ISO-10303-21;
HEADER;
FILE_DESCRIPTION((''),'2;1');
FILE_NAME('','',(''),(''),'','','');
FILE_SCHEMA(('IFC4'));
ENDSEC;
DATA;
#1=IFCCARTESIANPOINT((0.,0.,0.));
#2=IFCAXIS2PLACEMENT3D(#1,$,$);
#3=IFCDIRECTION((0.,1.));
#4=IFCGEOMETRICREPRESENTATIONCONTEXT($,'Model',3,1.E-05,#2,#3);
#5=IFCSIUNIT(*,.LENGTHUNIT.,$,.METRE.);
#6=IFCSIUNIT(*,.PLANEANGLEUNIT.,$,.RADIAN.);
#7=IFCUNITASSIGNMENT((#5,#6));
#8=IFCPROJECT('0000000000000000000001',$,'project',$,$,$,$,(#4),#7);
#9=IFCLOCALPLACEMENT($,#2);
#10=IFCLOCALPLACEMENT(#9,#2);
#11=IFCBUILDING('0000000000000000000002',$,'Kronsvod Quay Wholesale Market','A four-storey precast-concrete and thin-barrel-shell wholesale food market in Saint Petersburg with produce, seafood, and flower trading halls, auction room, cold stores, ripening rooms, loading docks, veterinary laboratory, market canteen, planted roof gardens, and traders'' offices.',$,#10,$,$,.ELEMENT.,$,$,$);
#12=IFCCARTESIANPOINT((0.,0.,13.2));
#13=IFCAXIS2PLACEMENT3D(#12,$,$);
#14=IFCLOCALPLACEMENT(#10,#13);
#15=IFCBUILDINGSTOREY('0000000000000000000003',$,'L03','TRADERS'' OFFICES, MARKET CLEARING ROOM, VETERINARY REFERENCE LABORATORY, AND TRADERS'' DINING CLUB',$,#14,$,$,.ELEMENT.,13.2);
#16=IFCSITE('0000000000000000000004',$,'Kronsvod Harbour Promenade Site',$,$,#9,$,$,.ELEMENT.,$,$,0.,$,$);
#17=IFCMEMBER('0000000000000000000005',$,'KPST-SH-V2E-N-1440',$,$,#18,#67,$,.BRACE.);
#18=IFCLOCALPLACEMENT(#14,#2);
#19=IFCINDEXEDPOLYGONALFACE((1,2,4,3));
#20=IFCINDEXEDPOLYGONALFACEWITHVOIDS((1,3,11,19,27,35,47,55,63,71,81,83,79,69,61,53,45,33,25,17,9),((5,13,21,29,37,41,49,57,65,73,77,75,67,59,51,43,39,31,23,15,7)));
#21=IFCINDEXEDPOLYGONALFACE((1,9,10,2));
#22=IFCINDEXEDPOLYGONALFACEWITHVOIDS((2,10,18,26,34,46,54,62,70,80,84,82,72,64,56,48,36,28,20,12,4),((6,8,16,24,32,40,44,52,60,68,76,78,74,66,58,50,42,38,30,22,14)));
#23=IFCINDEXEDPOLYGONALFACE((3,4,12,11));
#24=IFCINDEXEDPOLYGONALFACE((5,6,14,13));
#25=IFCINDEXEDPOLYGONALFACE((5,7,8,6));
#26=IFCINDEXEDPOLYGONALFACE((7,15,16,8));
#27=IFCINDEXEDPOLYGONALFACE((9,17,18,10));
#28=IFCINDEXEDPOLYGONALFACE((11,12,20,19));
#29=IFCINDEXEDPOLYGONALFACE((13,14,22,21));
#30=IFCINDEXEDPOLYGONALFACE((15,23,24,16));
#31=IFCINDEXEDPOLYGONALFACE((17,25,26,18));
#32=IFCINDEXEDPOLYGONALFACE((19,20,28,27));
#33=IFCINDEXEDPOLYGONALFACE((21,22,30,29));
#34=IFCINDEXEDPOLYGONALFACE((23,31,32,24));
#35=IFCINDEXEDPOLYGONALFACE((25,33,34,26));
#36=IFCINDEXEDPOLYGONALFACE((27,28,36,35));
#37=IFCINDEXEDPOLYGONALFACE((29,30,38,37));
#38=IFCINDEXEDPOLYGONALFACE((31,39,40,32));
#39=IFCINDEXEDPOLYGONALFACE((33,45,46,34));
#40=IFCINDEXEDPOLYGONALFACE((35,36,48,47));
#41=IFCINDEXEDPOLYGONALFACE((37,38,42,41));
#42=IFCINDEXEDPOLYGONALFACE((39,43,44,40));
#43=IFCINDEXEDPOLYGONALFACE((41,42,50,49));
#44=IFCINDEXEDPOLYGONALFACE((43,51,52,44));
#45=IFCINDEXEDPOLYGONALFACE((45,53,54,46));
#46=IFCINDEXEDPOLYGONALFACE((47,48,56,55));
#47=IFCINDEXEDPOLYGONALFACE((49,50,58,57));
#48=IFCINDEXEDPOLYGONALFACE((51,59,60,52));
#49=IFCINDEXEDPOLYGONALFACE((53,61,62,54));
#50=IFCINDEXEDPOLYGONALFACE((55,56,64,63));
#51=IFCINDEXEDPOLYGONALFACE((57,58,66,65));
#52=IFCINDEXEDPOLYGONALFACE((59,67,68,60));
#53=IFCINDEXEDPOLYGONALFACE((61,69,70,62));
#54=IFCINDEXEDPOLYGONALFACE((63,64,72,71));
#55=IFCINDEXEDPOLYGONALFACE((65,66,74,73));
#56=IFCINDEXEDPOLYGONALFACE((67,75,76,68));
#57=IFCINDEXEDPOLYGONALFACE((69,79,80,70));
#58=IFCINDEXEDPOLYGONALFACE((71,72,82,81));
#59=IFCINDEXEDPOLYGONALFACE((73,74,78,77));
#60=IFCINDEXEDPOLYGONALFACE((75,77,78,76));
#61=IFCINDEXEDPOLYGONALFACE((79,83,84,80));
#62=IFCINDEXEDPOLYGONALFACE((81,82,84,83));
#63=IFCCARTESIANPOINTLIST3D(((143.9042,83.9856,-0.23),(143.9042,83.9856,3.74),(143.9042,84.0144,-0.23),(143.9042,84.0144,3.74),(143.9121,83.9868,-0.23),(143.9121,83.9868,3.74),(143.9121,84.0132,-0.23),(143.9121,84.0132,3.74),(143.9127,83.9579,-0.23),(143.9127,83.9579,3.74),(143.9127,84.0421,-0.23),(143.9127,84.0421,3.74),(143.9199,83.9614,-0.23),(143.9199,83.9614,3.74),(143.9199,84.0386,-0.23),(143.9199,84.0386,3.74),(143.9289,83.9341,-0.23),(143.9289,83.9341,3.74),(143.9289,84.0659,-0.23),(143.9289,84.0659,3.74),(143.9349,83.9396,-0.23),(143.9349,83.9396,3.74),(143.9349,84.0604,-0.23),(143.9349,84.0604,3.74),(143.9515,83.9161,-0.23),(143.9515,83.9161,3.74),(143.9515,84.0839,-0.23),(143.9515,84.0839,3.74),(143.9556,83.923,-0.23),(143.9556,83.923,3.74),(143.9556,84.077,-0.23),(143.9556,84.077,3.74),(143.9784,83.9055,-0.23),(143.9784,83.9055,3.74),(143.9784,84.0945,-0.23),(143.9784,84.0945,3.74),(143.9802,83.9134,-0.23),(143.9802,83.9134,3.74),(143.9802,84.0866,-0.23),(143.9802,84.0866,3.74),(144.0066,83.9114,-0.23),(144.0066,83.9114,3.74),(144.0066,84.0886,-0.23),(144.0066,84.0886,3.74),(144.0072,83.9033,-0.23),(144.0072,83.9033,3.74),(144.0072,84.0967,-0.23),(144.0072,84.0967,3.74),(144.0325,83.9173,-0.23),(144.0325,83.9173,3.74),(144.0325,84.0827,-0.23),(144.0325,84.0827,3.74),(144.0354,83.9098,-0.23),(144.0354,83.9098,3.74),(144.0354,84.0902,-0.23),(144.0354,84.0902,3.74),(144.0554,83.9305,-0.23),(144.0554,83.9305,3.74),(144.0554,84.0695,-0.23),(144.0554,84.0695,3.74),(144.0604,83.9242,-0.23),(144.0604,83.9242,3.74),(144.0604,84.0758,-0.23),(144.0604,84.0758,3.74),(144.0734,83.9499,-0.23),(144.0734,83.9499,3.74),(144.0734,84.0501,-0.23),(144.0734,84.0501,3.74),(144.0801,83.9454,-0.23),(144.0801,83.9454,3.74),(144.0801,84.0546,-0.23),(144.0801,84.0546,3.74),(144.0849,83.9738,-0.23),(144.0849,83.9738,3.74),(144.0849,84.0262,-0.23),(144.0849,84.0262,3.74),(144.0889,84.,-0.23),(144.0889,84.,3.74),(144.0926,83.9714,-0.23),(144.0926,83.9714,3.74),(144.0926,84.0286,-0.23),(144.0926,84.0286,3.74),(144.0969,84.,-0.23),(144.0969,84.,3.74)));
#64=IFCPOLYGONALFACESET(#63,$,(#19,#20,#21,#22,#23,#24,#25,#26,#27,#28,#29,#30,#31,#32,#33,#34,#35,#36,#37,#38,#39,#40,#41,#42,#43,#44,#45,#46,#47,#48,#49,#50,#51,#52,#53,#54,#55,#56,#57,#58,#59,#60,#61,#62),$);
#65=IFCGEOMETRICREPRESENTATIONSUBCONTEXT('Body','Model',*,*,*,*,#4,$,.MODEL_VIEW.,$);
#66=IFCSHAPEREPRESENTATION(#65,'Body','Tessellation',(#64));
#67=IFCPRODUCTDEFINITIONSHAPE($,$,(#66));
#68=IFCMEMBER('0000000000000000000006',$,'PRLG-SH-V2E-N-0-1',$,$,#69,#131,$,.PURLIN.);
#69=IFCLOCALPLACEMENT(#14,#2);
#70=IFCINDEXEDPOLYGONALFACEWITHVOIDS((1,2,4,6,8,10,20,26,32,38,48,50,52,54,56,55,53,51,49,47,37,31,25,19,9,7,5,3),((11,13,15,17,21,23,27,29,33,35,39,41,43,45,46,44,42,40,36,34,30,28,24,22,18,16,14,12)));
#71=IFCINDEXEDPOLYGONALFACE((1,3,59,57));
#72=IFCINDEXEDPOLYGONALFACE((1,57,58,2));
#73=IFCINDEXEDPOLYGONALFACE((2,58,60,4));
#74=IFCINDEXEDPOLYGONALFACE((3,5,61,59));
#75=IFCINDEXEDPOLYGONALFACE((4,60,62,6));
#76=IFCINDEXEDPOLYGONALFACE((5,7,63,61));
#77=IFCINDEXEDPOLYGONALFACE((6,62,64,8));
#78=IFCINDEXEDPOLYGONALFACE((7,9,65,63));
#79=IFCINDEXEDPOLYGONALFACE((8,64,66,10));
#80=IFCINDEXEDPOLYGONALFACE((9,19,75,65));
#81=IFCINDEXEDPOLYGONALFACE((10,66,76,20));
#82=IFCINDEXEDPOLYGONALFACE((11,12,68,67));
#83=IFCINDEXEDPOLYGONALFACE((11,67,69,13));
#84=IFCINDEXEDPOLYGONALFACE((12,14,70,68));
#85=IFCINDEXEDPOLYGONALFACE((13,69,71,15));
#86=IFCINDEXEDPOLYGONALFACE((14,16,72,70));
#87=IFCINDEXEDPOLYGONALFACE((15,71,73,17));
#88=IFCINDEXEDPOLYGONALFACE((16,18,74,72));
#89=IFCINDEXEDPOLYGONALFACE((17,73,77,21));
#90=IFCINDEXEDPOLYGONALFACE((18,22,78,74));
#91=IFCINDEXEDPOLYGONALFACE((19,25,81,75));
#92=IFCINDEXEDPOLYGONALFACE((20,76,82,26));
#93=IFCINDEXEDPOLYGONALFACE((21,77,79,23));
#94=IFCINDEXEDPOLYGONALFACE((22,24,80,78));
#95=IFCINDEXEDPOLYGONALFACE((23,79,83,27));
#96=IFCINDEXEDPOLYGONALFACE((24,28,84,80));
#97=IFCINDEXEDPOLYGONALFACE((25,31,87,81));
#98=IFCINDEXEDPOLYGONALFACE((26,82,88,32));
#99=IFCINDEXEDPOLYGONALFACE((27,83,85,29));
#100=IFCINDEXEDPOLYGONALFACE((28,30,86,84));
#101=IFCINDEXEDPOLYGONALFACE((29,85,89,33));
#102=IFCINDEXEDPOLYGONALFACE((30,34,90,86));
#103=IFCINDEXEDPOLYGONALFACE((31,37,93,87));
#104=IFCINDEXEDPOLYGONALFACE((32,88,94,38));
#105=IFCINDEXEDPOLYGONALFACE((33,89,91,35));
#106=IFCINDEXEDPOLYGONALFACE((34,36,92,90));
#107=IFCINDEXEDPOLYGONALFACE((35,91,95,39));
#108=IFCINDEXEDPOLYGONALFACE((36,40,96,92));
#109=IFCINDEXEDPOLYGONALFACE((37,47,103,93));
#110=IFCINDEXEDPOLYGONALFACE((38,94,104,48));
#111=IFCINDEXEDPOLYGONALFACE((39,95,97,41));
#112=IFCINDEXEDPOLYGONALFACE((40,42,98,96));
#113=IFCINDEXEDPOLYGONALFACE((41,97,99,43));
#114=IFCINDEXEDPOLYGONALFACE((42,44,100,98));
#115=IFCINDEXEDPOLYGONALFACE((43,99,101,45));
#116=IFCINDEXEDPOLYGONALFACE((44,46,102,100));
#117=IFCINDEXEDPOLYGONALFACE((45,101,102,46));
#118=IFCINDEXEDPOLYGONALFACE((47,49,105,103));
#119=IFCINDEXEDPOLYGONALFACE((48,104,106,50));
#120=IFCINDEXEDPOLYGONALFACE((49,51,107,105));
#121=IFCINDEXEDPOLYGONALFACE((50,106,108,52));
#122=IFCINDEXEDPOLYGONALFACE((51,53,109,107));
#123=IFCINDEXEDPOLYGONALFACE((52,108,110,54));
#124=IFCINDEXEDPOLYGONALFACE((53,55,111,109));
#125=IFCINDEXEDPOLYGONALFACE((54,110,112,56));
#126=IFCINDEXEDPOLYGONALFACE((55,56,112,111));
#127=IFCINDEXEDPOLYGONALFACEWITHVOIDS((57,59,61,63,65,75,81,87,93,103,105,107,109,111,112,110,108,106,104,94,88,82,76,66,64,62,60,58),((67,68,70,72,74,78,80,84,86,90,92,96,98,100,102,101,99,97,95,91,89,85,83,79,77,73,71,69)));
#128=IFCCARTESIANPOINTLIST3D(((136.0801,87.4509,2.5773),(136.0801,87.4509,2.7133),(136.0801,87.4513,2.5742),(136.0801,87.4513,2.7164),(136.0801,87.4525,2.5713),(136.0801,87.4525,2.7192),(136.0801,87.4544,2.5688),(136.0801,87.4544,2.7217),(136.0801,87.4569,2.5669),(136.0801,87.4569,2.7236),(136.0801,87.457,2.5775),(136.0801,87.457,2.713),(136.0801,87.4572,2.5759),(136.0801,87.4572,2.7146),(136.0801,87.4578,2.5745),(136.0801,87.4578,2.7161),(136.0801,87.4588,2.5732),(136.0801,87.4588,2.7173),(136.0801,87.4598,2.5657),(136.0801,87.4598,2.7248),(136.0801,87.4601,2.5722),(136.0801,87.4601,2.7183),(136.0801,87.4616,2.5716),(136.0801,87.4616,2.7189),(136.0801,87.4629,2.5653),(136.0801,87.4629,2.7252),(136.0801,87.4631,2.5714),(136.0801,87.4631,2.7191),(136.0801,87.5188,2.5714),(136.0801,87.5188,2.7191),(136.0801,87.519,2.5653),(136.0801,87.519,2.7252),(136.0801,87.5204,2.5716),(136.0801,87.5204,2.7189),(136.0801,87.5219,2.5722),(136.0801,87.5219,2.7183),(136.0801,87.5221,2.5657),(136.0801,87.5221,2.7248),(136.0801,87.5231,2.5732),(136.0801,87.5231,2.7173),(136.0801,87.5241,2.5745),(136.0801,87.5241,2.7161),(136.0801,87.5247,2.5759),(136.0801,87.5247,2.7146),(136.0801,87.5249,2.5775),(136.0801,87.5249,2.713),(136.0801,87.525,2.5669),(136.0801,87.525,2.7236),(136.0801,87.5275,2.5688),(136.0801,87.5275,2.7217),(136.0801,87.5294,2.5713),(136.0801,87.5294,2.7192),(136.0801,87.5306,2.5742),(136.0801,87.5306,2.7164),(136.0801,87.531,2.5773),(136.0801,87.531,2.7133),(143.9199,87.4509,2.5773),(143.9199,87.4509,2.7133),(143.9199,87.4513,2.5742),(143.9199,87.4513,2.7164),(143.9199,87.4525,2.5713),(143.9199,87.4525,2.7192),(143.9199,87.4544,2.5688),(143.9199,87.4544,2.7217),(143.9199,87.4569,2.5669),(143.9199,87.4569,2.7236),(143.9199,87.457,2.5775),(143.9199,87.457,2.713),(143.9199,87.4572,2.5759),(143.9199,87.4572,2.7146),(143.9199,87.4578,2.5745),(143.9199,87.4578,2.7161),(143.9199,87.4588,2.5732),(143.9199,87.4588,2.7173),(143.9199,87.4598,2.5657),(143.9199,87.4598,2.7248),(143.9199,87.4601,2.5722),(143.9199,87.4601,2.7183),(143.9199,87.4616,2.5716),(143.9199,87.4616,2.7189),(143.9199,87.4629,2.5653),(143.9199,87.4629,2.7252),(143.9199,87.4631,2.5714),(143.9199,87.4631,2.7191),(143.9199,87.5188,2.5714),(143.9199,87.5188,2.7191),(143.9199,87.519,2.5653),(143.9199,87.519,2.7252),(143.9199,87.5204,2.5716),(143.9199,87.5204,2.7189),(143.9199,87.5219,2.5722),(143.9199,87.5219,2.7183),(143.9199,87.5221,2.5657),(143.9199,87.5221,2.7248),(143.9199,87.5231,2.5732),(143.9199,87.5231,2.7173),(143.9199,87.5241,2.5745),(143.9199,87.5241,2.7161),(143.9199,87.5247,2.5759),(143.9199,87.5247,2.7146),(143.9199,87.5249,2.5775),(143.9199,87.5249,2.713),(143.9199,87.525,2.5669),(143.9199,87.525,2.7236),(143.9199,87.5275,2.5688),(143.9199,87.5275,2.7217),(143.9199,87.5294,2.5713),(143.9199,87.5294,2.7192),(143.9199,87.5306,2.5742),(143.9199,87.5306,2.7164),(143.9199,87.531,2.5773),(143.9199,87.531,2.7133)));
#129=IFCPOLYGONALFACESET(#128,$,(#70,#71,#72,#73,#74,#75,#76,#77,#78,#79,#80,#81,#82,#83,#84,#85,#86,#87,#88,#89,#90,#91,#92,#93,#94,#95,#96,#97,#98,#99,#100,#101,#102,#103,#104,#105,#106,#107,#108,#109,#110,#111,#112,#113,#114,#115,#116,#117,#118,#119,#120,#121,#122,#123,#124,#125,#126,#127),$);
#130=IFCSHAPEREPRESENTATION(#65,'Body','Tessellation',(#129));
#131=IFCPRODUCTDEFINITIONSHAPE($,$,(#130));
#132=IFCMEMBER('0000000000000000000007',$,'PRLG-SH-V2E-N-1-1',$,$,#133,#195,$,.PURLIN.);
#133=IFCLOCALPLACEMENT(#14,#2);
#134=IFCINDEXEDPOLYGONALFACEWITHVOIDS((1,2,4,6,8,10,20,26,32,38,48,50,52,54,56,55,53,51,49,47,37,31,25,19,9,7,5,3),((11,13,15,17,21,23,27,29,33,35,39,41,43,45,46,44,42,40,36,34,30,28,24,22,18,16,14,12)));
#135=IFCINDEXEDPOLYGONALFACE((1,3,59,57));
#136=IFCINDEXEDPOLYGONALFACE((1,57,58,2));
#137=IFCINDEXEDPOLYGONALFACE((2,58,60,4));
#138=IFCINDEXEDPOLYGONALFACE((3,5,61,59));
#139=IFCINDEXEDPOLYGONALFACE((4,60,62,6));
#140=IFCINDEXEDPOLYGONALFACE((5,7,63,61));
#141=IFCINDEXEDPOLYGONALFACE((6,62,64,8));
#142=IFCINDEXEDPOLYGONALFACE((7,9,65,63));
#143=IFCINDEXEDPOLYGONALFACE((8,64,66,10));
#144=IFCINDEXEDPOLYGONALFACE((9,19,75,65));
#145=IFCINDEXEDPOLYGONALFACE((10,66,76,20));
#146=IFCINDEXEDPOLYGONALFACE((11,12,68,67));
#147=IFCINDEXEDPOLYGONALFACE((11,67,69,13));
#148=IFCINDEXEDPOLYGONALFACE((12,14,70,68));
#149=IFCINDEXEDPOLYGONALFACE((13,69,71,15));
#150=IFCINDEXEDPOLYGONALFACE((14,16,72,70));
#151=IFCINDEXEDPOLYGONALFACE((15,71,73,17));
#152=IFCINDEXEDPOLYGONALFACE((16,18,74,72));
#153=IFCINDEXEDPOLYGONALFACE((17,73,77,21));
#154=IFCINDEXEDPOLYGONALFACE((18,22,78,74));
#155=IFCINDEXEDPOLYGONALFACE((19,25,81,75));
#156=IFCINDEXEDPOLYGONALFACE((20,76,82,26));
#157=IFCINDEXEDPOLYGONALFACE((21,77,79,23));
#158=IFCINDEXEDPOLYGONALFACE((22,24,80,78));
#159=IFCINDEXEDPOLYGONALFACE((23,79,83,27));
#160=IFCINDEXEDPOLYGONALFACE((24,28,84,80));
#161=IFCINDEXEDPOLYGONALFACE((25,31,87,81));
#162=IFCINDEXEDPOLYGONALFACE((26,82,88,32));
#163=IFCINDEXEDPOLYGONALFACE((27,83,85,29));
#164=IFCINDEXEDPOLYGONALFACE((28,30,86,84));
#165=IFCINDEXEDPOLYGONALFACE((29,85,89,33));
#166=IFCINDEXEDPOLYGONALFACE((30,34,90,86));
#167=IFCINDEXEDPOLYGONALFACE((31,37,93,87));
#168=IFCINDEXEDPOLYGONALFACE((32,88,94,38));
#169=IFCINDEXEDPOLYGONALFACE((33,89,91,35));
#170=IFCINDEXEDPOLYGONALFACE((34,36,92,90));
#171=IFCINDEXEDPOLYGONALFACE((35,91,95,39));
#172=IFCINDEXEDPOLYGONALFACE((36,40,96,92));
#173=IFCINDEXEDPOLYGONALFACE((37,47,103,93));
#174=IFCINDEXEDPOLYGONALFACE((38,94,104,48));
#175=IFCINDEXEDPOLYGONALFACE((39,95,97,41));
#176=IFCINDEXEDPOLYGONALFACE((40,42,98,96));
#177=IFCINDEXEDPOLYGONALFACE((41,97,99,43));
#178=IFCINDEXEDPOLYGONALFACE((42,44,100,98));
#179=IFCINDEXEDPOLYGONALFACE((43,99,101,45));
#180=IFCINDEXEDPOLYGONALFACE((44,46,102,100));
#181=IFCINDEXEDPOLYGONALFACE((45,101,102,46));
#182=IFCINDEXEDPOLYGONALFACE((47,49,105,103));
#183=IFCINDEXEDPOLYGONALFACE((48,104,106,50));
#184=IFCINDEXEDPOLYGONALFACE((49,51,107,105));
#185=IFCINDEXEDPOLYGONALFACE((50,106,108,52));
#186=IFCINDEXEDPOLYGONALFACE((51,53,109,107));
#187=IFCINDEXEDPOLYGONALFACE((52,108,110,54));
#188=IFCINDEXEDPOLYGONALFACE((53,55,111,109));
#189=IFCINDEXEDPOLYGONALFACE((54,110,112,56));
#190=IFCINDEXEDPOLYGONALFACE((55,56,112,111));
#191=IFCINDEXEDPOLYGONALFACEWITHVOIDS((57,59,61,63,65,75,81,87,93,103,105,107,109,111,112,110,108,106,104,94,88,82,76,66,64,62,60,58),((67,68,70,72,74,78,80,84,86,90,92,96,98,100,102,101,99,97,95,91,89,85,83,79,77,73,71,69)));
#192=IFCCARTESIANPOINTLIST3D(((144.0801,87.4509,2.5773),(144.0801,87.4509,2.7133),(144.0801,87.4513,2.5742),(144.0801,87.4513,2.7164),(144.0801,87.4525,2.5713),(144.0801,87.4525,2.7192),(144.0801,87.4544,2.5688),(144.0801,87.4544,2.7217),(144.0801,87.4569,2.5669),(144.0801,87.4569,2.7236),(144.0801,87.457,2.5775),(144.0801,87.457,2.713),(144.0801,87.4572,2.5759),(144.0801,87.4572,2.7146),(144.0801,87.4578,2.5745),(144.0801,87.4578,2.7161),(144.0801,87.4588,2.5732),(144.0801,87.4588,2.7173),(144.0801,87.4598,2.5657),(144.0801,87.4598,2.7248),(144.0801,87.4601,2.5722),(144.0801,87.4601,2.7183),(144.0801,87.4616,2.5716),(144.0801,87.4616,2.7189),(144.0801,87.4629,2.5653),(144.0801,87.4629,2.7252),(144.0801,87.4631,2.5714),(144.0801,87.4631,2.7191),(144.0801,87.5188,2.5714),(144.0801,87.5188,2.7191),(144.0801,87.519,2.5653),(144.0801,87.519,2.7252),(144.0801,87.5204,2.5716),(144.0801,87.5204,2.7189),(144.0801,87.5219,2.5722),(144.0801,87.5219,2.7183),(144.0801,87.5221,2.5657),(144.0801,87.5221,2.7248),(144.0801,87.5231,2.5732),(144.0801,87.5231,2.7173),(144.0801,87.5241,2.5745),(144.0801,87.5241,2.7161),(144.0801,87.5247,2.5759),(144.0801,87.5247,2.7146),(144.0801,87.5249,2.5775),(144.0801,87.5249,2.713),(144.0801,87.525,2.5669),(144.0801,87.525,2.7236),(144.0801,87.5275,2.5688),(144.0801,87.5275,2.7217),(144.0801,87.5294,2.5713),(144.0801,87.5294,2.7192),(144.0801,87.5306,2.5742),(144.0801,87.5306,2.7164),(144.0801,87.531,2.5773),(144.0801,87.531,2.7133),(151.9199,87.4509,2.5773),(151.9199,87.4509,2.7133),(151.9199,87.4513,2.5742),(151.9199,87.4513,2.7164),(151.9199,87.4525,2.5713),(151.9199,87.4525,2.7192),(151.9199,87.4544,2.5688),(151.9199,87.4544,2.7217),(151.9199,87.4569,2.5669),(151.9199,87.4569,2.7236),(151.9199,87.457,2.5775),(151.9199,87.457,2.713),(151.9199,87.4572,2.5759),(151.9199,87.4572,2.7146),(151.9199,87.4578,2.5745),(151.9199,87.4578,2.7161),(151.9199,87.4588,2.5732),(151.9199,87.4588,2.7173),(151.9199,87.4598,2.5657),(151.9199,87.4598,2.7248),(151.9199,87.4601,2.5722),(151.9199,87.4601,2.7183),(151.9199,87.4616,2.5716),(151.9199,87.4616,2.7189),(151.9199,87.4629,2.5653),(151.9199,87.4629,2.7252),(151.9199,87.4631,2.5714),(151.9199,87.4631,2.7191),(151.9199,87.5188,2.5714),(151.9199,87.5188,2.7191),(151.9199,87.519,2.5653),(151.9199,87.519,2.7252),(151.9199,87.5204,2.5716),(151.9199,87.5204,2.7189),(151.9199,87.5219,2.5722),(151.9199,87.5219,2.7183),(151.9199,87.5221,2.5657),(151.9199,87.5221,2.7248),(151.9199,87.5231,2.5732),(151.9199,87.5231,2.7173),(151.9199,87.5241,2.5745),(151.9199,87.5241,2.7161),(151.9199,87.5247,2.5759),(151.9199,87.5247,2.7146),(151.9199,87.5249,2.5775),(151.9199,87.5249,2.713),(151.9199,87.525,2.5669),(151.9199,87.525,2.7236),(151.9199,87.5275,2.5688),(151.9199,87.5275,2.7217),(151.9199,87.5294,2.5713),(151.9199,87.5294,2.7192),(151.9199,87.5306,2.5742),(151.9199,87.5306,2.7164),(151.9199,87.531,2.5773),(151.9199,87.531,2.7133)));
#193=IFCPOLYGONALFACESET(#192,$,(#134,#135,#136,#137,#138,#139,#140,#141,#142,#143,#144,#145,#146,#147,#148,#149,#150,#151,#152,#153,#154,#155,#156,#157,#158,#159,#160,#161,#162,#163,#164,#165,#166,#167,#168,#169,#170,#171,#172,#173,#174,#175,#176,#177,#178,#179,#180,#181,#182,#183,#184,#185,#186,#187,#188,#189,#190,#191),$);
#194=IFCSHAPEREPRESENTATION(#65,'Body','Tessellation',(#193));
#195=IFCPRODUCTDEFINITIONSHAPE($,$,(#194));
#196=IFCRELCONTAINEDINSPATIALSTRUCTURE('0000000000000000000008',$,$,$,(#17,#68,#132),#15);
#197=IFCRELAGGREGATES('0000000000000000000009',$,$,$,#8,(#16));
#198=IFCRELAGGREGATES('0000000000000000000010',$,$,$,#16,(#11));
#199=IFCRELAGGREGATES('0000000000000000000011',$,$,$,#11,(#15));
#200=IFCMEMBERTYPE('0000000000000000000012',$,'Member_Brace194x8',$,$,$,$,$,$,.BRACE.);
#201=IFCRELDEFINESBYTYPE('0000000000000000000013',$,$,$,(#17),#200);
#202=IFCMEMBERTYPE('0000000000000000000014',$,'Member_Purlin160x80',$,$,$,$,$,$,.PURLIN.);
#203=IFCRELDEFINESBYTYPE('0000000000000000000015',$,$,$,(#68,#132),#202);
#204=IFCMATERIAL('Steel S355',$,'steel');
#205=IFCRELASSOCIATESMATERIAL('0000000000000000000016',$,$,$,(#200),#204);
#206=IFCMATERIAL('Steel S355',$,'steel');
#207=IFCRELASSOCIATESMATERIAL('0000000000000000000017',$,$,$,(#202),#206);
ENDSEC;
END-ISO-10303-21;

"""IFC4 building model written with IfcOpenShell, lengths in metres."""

from ifc_helpers import new_model, si_unit, direction, frame, origin, origin_2d, place, context, subcontext, project, spatial, hollow_rectangle, hollow_circle, extrude, material, material_profile, profile_set, type_object, element, save


model = new_model("IFC4")

# Units and contexts
model_context = context("Model", 3, precision=1e-05, world=origin(), true_north=direction((0.0, 1.0)))
body_context = subcontext(model_context, "Body", "Model", "MODEL_VIEW")
ifc_project = project(units=[si_unit("LENGTHUNIT", "METRE"), si_unit("PLANEANGLEUNIT", "RADIAN")], contexts=[model_context])

# Site, building, storey
site_placement = place(None, origin())
site = spatial("IfcSite", under=ifc_project, at=site_placement, Name="Kronsvod Harbour Promenade Site", CompositionType="ELEMENT", RefElevation=0.0)
building_placement = place(site_placement, origin())
building = spatial("IfcBuilding", under=site, at=building_placement, Name="Kronsvod Quay Wholesale Market", Description="A four-storey precast-concrete and thin-barrel-shell wholesale food market in Saint Petersburg with produce, seafood, and flower trading halls, auction room, cold stores, ripening rooms, loading docks, veterinary laboratory, market canteen, planted roof gardens, and traders' offices.", CompositionType="ELEMENT")
storey_placement = place(building_placement, frame((0.0, 0.0, 13.2)))
storey = spatial("IfcBuildingStorey", under=building, at=storey_placement, Name="L03", Description="TRADERS' OFFICES, MARKET CLEARING ROOM, VETERINARY REFERENCE LABORATORY, AND TRADERS' DINING CLUB", CompositionType="ELEMENT", Elevation=13.2)

# Members
ifc_material_1 = material(Name="Steel S355", Category="steel")
ifc_material_profile_1 = material_profile(ifc_material_1, hollow_circle(Radius=0.0969, WallThickness=0.0081, at=origin_2d()), Name="CHS194x8")
ifc_profile_set_1 = profile_set([ifc_material_profile_1], Name="Steel S355")
member_type_1 = type_object("IfcMemberType", Name="Member_Brace194x8", PredefinedType="BRACE", material=ifc_profile_set_1)
for number, where, z_axis, x_axis, name in (
    (1, (144.0, 84.0, -0.23), (0.0, 0.0, 1.0), (1.0, 0.0, 0.0), "KPST-SH-V2E-N-1440"),
):
    element("IfcMember", number, at=place(storey_placement, frame(where, z_axis=z_axis, x_axis=x_axis)), inside=storey, type_object=member_type_1, Name=name, PredefinedType="BRACE", context=body_context, shape_type="SweptSolid", body=[
        extrude(hollow_circle(Radius=0.0969, WallThickness=0.0081, at=origin_2d()), origin(), (0.0, 0.0, 1.0), 3.97),
    ])
ifc_material_2 = material(Name="Steel S355", Category="steel")
ifc_material_profile_2 = material_profile(ifc_material_2, hollow_rectangle(XDim=0.0801, YDim=0.1599, WallThickness=0.0061, InnerFilletRadius=0.0061, OuterFilletRadius=0.012, at=origin_2d()), Name="RHS160x80x6")
ifc_profile_set_2 = profile_set([ifc_material_profile_2], Name="Steel S355")
member_type_2 = type_object("IfcMemberType", Name="Member_Purlin160x80", PredefinedType="PURLIN", material=ifc_profile_set_2)
for number, where, z_axis, x_axis, name in (
    (2, (136.0801, 87.491, 2.6453), (1.0, 0.0, 0.0), (0.0, 1.0, 0.0), "PRLG-SH-V2E-N-0-1"),
    (3, (144.0801, 87.491, 2.6453), (1.0, 0.0, 0.0), (0.0, 1.0, 0.0), "PRLG-SH-V2E-N-1-1"),
):
    element("IfcMember", number, at=place(storey_placement, frame(where, z_axis=z_axis, x_axis=x_axis)), inside=storey, type_object=member_type_2, Name=name, PredefinedType="PURLIN", context=body_context, shape_type="SweptSolid", body=[
        extrude(hollow_rectangle(XDim=0.0801, YDim=0.1599, WallThickness=0.0061, InnerFilletRadius=0.0061, OuterFilletRadius=0.012, at=origin_2d()), origin(), (0.0, 0.0, 1.0), 7.8398),
    ])

save(model, "model.ifc")
